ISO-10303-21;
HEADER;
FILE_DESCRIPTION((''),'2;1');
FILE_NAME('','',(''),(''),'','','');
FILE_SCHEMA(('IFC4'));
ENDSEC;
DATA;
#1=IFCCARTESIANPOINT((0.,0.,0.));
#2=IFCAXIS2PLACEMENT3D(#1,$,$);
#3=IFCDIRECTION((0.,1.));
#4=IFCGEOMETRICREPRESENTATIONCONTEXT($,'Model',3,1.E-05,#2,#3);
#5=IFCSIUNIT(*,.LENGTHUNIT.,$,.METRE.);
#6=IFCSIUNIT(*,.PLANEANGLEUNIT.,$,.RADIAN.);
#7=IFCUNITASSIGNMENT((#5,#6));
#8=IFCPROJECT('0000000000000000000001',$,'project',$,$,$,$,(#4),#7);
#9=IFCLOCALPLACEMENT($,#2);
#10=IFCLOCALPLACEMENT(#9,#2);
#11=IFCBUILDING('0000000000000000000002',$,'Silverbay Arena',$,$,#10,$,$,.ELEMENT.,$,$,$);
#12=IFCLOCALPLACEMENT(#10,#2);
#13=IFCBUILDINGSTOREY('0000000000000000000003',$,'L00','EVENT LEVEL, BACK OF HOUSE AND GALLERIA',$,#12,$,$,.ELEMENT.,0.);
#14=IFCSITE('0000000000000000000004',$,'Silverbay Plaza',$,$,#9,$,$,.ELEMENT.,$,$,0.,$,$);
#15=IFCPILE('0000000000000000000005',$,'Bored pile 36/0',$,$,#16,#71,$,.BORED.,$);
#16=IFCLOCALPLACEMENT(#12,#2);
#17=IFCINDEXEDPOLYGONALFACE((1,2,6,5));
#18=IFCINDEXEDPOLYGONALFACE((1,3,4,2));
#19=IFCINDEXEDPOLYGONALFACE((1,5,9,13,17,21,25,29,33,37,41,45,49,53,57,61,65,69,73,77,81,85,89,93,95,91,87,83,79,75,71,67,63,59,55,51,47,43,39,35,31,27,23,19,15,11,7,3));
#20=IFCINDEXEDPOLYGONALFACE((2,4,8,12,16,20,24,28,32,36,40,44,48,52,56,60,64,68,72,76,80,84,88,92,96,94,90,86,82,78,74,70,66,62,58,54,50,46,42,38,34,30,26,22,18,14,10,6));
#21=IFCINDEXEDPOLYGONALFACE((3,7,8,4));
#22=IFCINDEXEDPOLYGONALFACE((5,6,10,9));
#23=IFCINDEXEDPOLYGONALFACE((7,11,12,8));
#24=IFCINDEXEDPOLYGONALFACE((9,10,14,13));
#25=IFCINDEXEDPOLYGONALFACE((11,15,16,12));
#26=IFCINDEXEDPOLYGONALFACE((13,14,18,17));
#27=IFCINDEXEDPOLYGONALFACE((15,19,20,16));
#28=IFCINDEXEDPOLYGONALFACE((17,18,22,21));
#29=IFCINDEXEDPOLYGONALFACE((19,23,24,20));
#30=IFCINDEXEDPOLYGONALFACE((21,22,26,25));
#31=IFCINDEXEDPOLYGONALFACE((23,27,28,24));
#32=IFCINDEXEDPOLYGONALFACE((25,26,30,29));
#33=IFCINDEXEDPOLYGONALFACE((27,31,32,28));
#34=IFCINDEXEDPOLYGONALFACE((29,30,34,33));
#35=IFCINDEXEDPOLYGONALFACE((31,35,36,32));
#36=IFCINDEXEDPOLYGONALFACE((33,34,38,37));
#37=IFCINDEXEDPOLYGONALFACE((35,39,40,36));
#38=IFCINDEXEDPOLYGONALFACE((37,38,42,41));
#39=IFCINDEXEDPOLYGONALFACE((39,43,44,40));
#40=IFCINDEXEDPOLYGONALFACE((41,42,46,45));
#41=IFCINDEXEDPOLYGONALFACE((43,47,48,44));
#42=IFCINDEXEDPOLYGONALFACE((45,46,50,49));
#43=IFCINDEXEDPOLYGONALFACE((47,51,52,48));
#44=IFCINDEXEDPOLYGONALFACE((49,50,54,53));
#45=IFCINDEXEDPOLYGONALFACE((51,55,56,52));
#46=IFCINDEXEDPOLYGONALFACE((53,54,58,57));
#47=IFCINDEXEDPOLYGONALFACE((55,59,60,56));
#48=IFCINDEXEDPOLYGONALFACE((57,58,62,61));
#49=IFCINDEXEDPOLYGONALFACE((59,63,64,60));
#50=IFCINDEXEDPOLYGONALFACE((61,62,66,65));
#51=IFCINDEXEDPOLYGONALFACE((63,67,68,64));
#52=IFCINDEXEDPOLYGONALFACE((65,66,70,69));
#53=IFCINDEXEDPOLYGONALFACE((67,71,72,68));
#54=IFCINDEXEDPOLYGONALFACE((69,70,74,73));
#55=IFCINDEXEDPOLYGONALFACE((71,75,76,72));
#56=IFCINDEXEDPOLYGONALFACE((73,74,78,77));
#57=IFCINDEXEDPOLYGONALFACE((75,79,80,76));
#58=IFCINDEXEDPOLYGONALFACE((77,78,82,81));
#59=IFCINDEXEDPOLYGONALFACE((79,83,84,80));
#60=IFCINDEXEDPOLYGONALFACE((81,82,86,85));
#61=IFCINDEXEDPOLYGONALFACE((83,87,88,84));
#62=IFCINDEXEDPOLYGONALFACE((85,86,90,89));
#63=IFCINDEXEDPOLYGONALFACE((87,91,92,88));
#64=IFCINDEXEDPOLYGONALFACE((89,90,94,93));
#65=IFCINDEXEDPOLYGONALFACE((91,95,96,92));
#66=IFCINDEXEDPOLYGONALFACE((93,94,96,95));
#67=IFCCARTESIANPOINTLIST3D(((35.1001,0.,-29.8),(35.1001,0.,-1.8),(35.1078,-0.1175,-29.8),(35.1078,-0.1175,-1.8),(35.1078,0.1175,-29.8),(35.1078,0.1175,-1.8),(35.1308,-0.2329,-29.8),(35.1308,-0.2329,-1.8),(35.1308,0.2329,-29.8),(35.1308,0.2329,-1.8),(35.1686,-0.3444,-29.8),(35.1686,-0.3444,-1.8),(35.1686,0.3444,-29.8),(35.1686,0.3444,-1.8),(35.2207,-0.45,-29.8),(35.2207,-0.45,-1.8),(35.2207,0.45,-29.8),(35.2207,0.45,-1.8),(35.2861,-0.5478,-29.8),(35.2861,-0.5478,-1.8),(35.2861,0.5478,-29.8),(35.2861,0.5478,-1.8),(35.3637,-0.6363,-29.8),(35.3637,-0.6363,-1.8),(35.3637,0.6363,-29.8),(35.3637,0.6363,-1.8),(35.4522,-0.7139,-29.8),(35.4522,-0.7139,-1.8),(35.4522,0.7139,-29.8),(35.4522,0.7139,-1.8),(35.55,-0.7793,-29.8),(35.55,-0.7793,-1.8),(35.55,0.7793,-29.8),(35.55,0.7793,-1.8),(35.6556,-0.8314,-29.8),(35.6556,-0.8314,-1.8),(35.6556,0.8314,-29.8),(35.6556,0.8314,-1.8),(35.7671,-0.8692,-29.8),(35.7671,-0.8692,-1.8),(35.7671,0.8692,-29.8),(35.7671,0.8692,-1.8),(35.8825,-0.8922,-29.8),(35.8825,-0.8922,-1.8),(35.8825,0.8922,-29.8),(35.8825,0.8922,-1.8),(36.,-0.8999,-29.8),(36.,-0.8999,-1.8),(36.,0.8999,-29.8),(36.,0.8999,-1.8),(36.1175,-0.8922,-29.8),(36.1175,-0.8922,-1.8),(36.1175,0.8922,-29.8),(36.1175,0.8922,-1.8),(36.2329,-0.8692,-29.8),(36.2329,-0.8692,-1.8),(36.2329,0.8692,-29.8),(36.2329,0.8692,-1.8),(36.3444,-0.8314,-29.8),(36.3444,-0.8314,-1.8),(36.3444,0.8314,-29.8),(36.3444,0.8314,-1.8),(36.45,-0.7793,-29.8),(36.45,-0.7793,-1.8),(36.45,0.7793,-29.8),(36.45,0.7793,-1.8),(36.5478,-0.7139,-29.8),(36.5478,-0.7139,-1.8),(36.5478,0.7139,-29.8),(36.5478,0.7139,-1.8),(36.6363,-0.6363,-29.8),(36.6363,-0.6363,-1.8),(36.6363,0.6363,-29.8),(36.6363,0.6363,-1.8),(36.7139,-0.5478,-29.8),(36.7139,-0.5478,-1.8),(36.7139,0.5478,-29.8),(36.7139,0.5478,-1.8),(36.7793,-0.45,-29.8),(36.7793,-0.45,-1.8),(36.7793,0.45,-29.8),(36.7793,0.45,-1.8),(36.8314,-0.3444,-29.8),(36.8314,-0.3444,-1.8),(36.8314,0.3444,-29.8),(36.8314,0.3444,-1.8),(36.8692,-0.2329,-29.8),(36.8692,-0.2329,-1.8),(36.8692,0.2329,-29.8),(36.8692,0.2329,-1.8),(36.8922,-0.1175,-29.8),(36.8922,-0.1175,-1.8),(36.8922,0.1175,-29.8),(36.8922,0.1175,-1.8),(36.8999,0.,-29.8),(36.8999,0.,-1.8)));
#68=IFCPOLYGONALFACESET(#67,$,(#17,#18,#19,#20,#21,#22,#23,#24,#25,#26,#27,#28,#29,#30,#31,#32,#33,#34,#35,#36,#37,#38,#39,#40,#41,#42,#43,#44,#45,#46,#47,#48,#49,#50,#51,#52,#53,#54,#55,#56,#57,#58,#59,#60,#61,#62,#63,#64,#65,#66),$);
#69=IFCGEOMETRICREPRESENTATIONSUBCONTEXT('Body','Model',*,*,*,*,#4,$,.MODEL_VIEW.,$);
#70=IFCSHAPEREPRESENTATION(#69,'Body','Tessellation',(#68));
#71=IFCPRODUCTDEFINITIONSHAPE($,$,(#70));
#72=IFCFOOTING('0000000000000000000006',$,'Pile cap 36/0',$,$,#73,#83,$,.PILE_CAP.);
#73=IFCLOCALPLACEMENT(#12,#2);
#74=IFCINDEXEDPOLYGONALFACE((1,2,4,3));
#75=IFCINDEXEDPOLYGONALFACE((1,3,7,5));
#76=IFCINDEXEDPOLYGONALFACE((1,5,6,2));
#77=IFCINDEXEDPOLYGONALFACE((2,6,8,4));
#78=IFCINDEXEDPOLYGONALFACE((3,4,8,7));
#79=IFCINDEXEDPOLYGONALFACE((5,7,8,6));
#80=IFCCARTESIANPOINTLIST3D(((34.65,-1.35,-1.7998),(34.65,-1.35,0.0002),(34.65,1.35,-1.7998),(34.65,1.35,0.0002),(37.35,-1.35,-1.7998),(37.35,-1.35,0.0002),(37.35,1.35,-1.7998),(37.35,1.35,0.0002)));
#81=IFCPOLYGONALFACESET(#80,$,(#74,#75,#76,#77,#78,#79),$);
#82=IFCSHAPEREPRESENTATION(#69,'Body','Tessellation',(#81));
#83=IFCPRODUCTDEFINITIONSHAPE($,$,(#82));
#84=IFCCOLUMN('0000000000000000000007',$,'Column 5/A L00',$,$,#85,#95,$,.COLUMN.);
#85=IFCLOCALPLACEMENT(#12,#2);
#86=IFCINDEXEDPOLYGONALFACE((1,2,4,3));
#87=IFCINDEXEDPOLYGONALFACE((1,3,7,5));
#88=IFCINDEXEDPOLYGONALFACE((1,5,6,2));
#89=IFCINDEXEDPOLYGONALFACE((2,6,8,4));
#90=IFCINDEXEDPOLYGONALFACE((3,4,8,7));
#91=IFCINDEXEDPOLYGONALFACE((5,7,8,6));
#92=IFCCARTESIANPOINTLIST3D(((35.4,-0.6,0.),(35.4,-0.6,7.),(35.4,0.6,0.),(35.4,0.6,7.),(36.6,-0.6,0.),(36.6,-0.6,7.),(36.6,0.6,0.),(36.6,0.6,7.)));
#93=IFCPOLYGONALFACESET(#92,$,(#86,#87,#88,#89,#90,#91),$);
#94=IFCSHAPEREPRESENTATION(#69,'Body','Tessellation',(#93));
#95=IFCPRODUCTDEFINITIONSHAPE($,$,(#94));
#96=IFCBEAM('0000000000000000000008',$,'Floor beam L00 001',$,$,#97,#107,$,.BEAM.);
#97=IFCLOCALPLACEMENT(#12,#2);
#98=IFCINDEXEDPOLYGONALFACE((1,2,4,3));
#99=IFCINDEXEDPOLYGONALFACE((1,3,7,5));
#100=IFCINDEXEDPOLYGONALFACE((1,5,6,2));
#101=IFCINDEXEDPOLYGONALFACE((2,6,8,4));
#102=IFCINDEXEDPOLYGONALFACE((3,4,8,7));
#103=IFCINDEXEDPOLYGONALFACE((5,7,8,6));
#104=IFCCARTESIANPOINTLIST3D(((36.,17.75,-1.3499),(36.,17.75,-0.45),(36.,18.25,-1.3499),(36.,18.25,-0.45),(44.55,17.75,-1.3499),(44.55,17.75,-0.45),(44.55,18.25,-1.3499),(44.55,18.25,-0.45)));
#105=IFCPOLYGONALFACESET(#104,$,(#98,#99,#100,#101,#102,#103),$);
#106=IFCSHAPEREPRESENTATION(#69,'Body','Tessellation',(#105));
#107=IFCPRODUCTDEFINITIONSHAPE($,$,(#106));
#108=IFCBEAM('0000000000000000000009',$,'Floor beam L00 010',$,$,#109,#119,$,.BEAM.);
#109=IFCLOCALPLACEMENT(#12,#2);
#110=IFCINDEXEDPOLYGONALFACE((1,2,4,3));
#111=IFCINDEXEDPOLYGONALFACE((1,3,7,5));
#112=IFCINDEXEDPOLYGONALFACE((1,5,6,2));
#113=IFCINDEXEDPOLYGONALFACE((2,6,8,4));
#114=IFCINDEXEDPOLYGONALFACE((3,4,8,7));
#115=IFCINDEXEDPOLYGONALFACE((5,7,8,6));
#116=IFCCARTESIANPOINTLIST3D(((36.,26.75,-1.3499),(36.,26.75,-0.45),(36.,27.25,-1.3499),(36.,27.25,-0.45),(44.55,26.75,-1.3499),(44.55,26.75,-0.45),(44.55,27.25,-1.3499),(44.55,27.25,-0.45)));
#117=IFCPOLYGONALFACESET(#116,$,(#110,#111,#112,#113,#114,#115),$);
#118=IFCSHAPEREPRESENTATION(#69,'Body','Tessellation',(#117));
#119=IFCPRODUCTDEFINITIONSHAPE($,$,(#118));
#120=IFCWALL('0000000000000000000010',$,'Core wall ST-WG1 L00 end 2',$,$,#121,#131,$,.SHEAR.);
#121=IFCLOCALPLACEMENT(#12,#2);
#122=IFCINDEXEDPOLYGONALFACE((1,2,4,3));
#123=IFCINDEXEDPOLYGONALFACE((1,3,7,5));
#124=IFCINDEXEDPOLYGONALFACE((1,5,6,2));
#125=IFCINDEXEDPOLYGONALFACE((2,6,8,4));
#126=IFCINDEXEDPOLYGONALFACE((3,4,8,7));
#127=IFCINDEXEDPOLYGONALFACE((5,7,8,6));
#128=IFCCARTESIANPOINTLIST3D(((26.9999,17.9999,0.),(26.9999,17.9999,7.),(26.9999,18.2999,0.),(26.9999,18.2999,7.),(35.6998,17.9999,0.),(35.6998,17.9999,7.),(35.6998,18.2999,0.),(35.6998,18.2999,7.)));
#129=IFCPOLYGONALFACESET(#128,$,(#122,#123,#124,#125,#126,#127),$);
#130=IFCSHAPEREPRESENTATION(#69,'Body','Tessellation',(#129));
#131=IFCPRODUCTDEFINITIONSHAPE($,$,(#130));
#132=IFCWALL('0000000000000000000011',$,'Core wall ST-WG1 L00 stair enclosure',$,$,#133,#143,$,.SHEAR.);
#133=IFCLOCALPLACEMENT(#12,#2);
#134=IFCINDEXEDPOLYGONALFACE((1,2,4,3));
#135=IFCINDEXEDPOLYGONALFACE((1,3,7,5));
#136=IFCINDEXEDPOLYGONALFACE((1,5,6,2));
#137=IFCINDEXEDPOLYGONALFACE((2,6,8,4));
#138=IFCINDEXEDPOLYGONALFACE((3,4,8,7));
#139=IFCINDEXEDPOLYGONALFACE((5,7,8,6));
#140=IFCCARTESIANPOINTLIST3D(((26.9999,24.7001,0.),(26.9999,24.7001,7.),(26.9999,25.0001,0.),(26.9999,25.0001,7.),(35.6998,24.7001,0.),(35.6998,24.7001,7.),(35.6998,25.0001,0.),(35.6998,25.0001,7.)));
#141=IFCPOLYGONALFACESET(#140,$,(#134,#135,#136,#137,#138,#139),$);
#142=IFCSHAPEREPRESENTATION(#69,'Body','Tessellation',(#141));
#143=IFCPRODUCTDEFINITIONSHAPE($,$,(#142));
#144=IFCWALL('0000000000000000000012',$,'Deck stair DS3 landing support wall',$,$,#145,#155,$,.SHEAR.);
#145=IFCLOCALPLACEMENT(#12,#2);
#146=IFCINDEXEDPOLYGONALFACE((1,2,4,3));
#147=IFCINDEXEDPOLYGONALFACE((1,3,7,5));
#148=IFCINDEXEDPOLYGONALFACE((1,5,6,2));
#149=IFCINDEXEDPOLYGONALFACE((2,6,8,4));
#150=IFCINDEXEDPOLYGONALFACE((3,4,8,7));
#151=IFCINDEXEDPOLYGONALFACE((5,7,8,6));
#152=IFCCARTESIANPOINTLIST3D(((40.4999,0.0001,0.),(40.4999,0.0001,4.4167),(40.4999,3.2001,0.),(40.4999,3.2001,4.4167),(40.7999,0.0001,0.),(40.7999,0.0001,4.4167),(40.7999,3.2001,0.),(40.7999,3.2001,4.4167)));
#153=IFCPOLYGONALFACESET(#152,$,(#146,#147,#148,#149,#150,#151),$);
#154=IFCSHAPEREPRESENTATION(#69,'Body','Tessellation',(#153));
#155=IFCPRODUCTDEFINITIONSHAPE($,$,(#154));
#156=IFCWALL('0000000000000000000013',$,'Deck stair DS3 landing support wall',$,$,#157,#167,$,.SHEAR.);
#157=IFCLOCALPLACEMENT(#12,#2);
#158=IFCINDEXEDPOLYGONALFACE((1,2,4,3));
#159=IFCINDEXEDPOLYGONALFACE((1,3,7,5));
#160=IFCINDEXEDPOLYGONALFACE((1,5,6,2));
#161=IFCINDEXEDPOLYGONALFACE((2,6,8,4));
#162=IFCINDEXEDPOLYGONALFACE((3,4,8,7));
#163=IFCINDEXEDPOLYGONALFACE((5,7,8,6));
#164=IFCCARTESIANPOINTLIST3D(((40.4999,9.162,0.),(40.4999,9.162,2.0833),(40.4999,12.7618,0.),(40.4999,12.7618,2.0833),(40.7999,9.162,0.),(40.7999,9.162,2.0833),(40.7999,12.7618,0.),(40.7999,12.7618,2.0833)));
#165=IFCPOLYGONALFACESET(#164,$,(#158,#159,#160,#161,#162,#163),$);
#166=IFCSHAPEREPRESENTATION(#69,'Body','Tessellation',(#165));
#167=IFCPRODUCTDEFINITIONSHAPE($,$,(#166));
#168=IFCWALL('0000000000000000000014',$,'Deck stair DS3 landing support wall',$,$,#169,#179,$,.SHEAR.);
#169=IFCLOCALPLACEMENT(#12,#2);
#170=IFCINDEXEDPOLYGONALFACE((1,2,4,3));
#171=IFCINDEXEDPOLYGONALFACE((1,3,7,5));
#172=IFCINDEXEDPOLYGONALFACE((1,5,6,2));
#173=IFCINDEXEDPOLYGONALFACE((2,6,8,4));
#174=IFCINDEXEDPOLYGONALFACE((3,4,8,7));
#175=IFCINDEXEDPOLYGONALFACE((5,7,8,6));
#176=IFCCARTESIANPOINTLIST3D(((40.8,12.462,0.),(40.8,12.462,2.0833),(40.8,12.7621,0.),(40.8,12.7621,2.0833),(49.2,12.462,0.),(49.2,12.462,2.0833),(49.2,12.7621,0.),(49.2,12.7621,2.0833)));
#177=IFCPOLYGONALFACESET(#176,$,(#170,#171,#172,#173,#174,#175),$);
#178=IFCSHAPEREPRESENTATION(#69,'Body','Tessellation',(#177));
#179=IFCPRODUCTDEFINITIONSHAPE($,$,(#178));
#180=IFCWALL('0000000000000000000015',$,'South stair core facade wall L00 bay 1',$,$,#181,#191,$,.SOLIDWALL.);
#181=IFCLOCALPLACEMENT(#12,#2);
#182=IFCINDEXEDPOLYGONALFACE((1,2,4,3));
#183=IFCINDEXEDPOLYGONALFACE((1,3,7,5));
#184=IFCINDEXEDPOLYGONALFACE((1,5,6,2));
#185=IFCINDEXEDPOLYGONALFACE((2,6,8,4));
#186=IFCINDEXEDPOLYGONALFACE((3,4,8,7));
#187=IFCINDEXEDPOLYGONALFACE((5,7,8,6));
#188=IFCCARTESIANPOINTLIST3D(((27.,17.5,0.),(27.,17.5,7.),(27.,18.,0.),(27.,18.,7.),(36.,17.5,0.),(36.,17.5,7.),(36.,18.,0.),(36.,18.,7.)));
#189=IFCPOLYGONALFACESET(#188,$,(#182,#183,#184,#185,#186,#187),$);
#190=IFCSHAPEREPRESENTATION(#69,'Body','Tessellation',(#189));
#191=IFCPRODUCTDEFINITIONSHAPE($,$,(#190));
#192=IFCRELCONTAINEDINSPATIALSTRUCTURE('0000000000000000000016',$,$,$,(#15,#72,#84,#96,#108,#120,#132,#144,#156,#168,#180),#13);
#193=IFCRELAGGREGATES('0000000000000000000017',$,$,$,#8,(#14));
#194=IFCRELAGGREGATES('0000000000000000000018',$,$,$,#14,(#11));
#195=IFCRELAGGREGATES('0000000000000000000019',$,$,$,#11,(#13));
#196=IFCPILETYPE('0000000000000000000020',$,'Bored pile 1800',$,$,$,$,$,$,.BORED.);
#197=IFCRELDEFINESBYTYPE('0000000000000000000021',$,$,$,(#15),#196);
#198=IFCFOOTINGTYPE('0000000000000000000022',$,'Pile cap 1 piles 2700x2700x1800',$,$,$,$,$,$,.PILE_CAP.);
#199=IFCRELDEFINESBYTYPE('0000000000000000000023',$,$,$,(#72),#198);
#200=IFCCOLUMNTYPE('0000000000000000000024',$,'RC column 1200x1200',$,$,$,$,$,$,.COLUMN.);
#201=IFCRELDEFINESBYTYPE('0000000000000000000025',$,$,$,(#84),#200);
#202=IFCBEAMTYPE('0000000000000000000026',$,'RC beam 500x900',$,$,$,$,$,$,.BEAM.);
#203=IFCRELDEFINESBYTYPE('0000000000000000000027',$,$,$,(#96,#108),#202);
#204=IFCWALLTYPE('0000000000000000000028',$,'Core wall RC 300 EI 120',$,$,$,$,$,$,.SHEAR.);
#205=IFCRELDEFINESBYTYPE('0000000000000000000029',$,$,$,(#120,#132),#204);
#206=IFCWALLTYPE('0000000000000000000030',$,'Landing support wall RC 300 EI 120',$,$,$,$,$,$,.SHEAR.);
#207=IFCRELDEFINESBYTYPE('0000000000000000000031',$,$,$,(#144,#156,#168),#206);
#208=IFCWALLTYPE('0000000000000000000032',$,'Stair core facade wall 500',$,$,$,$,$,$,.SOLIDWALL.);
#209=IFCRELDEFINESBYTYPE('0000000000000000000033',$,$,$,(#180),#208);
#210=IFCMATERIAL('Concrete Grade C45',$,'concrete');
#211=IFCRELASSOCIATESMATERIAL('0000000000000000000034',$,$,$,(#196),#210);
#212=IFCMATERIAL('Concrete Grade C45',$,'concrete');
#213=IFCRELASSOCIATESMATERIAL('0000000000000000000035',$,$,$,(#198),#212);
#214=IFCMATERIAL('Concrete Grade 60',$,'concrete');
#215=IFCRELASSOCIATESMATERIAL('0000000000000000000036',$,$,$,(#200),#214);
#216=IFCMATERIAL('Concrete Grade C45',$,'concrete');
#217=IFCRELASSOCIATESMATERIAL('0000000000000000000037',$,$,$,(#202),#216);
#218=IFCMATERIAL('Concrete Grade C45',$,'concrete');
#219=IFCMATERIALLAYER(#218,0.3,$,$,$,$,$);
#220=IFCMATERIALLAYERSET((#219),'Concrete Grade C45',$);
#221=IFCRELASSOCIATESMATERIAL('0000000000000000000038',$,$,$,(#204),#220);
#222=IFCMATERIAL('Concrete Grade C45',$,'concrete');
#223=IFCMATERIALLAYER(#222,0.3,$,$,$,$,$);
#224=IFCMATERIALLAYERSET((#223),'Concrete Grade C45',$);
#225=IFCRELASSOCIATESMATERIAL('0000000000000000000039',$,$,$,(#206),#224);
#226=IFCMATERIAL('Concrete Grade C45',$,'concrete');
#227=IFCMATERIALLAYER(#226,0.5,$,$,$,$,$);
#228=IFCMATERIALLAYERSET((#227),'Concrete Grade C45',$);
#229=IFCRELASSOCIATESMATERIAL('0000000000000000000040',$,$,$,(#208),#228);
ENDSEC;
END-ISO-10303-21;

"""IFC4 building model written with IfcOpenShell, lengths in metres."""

from ifc_helpers import new_model, si_unit, direction, frame, frame_2d, origin, origin_2d, place, context, subcontext, project, spatial, rectangle, circle, extrude, material, layer, layer_set, material_profile, profile_set, type_object, element, save


model = new_model("IFC4")

# Units and contexts
model_context = context("Model", 3, precision=1e-05, world=origin(), true_north=direction((0.0, 1.0)))
body_context = subcontext(model_context, "Body", "Model", "MODEL_VIEW")
ifc_project = project(units=[si_unit("LENGTHUNIT", "METRE"), si_unit("PLANEANGLEUNIT", "RADIAN")], contexts=[model_context])

# Site, building, storey
site_placement = place(None, origin())
site = spatial("IfcSite", under=ifc_project, at=site_placement, Name="Silverbay Plaza", CompositionType="ELEMENT", RefElevation=0.0)
building_placement = place(site_placement, origin())
building = spatial("IfcBuilding", under=site, at=building_placement, Name="Silverbay Arena", CompositionType="ELEMENT")
storey_placement = place(building_placement, origin())
storey = spatial("IfcBuildingStorey", under=building, at=storey_placement, Name="L00", Description="EVENT LEVEL, BACK OF HOUSE AND GALLERIA", CompositionType="ELEMENT", Elevation=0.0)

# Pile
ifc_material_1 = material(Name="Concrete Grade C45", Category="concrete")
ifc_material_profile_1 = material_profile(ifc_material_1, circle(Radius=0.8999, at=origin_2d()), Name="Bored pile 1800")
ifc_profile_set_1 = profile_set([ifc_material_profile_1], Name="Concrete Grade C45")
pile_type = type_object("IfcPileType", Name="Bored pile 1800", PredefinedType="BORED", material=ifc_profile_set_1)
pile_placement = place(storey_placement, frame((36.0, 0.0, -1.8), z_axis=(0.0, 0.0, -1.0), x_axis=(1.0, 0.0, 0.0)))
element("IfcPile", 1, at=pile_placement, inside=storey, type_object=pile_type, Name="Bored pile 36/0", PredefinedType="BORED", context=body_context, shape_type="SweptSolid", body=[
    extrude(circle(Radius=0.8999, at=origin_2d()), origin(), (0.0, 0.0, 1.0), 28.0),
])

# Footing
ifc_material_2 = material(Name="Concrete Grade C45", Category="concrete")
footing_type = type_object("IfcFootingType", Name="Pile cap 1 piles 2700x2700x1800", PredefinedType="PILE_CAP", material=ifc_material_2)
footing_placement = place(storey_placement, frame((36.0, 0.0, -1.7998), z_axis=(0.0, 0.0, 1.0), x_axis=(1.0, 0.0, 0.0)))
element("IfcFooting", 2, at=footing_placement, inside=storey, type_object=footing_type, Name="Pile cap 36/0", PredefinedType="PILE_CAP", context=body_context, shape_type="SweptSolid", body=[
    extrude(rectangle(XDim=2.7, YDim=2.7, at=origin_2d()), origin(), (0.0, 0.0, 1.0), 1.8),
])

# Column
ifc_material_3 = material(Name="Concrete Grade 60", Category="concrete")
ifc_material_profile_2 = material_profile(ifc_material_3, rectangle(XDim=1.2, YDim=1.2, at=origin_2d()), Name="RC 1200x1200")
ifc_profile_set_2 = profile_set([ifc_material_profile_2], Name="Concrete Grade 60")
column_type = type_object("IfcColumnType", Name="RC column 1200x1200", PredefinedType="COLUMN", material=ifc_profile_set_2)
column_placement = place(storey_placement, frame((36.0, 0.0, 0.0), z_axis=(0.0, 0.0, 1.0), x_axis=(1.0, 0.0, 0.0)))
element("IfcColumn", 3, at=column_placement, inside=storey, type_object=column_type, Name="Column 5/A L00", PredefinedType="COLUMN", context=body_context, shape_type="SweptSolid", body=[
    extrude(rectangle(XDim=1.2, YDim=1.2, at=origin_2d()), origin(), (0.0, 0.0, 1.0), 7.0),
])

# Beams
ifc_material_4 = material(Name="Concrete Grade C45", Category="concrete")
ifc_material_profile_3 = material_profile(ifc_material_4, rectangle(XDim=0.5, YDim=0.8999, at=origin_2d()), Name="RC 500x900")
ifc_profile_set_3 = profile_set([ifc_material_profile_3], Name="Concrete Grade C45")
beam_type = type_object("IfcBeamType", Name="RC beam 500x900", PredefinedType="BEAM", material=ifc_profile_set_3)
for number, where, z_axis, x_axis, name in (
    (4, (36.0, 18.0, -0.8999), (1.0, 0.0, 0.0), (0.0, 1.0, 0.0), "Floor beam L00 001"),
    (5, (36.0, 27.0, -0.8999), (1.0, 0.0, 0.0), (0.0, 1.0, 0.0), "Floor beam L00 010"),
):
    element("IfcBeam", number, at=place(storey_placement, frame(where, z_axis=z_axis, x_axis=x_axis)), inside=storey, type_object=beam_type, Name=name, PredefinedType="BEAM", context=body_context, shape_type="SweptSolid", body=[
        extrude(rectangle(XDim=0.5, YDim=0.8999, at=origin_2d()), origin(), (0.0, 0.0, 1.0), 8.55),
    ])

# Walls
ifc_material_5 = material(Name="Concrete Grade C45", Category="concrete")
ifc_layer_1 = layer(ifc_material_5, 0.3)
ifc_layer_set_1 = layer_set([ifc_layer_1], Name="Concrete Grade C45")
wall_type_1 = type_object("IfcWallType", Name="Core wall RC 300 EI 120", PredefinedType="SHEAR", material=ifc_layer_set_1)
for number, where, z_axis, x_axis, name in (
    (6, (35.7, 18.1499, 0.0), (0.0, 0.0, 1.0), (-1.0, 0.0, 0.0), "Core wall ST-WG1 L00 end 2"),
    (7, (35.7, 24.8501, 0.0), (0.0, 0.0, 1.0), (-1.0, 0.0, 0.0), "Core wall ST-WG1 L00 stair enclosure"),
):
    element("IfcWall", number, at=place(storey_placement, frame(where, z_axis=z_axis, x_axis=x_axis)), inside=storey, type_object=wall_type_1, Name=name, PredefinedType="SHEAR", context=body_context, shape_type="SweptSolid", body=[
        extrude(rectangle(XDim=8.7, YDim=0.3, at=frame_2d((4.3501, 0.0))), origin(), (0.0, 0.0, 1.0), 7.0),
    ])
ifc_material_6 = material(Name="Concrete Grade C45", Category="concrete")
ifc_layer_2 = layer(ifc_material_6, 0.3)
ifc_layer_set_2 = layer_set([ifc_layer_2], Name="Concrete Grade C45")
wall_type_2 = type_object("IfcWallType", Name="Landing support wall RC 300 EI 120", PredefinedType="SHEAR", material=ifc_layer_set_2)
wall_1_placement = place(storey_placement, frame((40.6499, 0.0, 0.0), z_axis=(0.0, 0.0, 1.0), x_axis=(0.0, 1.0, 0.0)))
element("IfcWall", 8, at=wall_1_placement, inside=storey, type_object=wall_type_2, Name="Deck stair DS3 landing support wall", PredefinedType="SHEAR", context=body_context, shape_type="SweptSolid", body=[
    extrude(rectangle(XDim=3.2, YDim=0.3, at=frame_2d((1.6001, 0.0))), origin(), (0.0, 0.0, 1.0), 4.4167),
])
wall_2_placement = place(storey_placement, frame((40.6499, 9.1621, 0.0), z_axis=(0.0, 0.0, 1.0), x_axis=(0.0, 1.0, 0.0)))
element("IfcWall", 9, at=wall_2_placement, inside=storey, type_object=wall_type_2, Name="Deck stair DS3 landing support wall", PredefinedType="SHEAR", context=body_context, shape_type="SweptSolid", body=[
    extrude(rectangle(XDim=3.5999, YDim=0.3, at=frame_2d((1.7998, 0.0))), origin(), (0.0, 0.0, 1.0), 2.0833),
])
wall_3_placement = place(storey_placement, frame((40.8, 12.6121, 0.0), z_axis=(0.0, 0.0, 1.0), x_axis=(1.0, 0.0, 0.0)))
element("IfcWall", 10, at=wall_3_placement, inside=storey, type_object=wall_type_2, Name="Deck stair DS3 landing support wall", PredefinedType="SHEAR", context=body_context, shape_type="SweptSolid", body=[
    extrude(rectangle(XDim=8.3999, YDim=0.3, at=frame_2d((4.2, 0.0))), origin(), (0.0, 0.0, 1.0), 2.0833),
])
ifc_material_7 = material(Name="Concrete Grade C45", Category="concrete")
ifc_layer_3 = layer(ifc_material_7, 0.5)
ifc_layer_set_3 = layer_set([ifc_layer_3], Name="Concrete Grade C45")
wall_type_3 = type_object("IfcWallType", Name="Stair core facade wall 500", PredefinedType="SOLIDWALL", material=ifc_layer_set_3)
wall_4_placement = place(storey_placement, frame((27.0, 17.75, 0.0), z_axis=(0.0, 0.0, 1.0), x_axis=(1.0, 0.0, 0.0)))
element("IfcWall", 11, at=wall_4_placement, inside=storey, type_object=wall_type_3, Name="South stair core facade wall L00 bay 1", PredefinedType="SOLIDWALL", context=body_context, shape_type="SweptSolid", body=[
    extrude(rectangle(XDim=9.0, YDim=0.5, at=frame_2d((4.5, 0.0))), origin(), (0.0, 0.0, 1.0), 7.0),
])

save(model, "model.ifc")
